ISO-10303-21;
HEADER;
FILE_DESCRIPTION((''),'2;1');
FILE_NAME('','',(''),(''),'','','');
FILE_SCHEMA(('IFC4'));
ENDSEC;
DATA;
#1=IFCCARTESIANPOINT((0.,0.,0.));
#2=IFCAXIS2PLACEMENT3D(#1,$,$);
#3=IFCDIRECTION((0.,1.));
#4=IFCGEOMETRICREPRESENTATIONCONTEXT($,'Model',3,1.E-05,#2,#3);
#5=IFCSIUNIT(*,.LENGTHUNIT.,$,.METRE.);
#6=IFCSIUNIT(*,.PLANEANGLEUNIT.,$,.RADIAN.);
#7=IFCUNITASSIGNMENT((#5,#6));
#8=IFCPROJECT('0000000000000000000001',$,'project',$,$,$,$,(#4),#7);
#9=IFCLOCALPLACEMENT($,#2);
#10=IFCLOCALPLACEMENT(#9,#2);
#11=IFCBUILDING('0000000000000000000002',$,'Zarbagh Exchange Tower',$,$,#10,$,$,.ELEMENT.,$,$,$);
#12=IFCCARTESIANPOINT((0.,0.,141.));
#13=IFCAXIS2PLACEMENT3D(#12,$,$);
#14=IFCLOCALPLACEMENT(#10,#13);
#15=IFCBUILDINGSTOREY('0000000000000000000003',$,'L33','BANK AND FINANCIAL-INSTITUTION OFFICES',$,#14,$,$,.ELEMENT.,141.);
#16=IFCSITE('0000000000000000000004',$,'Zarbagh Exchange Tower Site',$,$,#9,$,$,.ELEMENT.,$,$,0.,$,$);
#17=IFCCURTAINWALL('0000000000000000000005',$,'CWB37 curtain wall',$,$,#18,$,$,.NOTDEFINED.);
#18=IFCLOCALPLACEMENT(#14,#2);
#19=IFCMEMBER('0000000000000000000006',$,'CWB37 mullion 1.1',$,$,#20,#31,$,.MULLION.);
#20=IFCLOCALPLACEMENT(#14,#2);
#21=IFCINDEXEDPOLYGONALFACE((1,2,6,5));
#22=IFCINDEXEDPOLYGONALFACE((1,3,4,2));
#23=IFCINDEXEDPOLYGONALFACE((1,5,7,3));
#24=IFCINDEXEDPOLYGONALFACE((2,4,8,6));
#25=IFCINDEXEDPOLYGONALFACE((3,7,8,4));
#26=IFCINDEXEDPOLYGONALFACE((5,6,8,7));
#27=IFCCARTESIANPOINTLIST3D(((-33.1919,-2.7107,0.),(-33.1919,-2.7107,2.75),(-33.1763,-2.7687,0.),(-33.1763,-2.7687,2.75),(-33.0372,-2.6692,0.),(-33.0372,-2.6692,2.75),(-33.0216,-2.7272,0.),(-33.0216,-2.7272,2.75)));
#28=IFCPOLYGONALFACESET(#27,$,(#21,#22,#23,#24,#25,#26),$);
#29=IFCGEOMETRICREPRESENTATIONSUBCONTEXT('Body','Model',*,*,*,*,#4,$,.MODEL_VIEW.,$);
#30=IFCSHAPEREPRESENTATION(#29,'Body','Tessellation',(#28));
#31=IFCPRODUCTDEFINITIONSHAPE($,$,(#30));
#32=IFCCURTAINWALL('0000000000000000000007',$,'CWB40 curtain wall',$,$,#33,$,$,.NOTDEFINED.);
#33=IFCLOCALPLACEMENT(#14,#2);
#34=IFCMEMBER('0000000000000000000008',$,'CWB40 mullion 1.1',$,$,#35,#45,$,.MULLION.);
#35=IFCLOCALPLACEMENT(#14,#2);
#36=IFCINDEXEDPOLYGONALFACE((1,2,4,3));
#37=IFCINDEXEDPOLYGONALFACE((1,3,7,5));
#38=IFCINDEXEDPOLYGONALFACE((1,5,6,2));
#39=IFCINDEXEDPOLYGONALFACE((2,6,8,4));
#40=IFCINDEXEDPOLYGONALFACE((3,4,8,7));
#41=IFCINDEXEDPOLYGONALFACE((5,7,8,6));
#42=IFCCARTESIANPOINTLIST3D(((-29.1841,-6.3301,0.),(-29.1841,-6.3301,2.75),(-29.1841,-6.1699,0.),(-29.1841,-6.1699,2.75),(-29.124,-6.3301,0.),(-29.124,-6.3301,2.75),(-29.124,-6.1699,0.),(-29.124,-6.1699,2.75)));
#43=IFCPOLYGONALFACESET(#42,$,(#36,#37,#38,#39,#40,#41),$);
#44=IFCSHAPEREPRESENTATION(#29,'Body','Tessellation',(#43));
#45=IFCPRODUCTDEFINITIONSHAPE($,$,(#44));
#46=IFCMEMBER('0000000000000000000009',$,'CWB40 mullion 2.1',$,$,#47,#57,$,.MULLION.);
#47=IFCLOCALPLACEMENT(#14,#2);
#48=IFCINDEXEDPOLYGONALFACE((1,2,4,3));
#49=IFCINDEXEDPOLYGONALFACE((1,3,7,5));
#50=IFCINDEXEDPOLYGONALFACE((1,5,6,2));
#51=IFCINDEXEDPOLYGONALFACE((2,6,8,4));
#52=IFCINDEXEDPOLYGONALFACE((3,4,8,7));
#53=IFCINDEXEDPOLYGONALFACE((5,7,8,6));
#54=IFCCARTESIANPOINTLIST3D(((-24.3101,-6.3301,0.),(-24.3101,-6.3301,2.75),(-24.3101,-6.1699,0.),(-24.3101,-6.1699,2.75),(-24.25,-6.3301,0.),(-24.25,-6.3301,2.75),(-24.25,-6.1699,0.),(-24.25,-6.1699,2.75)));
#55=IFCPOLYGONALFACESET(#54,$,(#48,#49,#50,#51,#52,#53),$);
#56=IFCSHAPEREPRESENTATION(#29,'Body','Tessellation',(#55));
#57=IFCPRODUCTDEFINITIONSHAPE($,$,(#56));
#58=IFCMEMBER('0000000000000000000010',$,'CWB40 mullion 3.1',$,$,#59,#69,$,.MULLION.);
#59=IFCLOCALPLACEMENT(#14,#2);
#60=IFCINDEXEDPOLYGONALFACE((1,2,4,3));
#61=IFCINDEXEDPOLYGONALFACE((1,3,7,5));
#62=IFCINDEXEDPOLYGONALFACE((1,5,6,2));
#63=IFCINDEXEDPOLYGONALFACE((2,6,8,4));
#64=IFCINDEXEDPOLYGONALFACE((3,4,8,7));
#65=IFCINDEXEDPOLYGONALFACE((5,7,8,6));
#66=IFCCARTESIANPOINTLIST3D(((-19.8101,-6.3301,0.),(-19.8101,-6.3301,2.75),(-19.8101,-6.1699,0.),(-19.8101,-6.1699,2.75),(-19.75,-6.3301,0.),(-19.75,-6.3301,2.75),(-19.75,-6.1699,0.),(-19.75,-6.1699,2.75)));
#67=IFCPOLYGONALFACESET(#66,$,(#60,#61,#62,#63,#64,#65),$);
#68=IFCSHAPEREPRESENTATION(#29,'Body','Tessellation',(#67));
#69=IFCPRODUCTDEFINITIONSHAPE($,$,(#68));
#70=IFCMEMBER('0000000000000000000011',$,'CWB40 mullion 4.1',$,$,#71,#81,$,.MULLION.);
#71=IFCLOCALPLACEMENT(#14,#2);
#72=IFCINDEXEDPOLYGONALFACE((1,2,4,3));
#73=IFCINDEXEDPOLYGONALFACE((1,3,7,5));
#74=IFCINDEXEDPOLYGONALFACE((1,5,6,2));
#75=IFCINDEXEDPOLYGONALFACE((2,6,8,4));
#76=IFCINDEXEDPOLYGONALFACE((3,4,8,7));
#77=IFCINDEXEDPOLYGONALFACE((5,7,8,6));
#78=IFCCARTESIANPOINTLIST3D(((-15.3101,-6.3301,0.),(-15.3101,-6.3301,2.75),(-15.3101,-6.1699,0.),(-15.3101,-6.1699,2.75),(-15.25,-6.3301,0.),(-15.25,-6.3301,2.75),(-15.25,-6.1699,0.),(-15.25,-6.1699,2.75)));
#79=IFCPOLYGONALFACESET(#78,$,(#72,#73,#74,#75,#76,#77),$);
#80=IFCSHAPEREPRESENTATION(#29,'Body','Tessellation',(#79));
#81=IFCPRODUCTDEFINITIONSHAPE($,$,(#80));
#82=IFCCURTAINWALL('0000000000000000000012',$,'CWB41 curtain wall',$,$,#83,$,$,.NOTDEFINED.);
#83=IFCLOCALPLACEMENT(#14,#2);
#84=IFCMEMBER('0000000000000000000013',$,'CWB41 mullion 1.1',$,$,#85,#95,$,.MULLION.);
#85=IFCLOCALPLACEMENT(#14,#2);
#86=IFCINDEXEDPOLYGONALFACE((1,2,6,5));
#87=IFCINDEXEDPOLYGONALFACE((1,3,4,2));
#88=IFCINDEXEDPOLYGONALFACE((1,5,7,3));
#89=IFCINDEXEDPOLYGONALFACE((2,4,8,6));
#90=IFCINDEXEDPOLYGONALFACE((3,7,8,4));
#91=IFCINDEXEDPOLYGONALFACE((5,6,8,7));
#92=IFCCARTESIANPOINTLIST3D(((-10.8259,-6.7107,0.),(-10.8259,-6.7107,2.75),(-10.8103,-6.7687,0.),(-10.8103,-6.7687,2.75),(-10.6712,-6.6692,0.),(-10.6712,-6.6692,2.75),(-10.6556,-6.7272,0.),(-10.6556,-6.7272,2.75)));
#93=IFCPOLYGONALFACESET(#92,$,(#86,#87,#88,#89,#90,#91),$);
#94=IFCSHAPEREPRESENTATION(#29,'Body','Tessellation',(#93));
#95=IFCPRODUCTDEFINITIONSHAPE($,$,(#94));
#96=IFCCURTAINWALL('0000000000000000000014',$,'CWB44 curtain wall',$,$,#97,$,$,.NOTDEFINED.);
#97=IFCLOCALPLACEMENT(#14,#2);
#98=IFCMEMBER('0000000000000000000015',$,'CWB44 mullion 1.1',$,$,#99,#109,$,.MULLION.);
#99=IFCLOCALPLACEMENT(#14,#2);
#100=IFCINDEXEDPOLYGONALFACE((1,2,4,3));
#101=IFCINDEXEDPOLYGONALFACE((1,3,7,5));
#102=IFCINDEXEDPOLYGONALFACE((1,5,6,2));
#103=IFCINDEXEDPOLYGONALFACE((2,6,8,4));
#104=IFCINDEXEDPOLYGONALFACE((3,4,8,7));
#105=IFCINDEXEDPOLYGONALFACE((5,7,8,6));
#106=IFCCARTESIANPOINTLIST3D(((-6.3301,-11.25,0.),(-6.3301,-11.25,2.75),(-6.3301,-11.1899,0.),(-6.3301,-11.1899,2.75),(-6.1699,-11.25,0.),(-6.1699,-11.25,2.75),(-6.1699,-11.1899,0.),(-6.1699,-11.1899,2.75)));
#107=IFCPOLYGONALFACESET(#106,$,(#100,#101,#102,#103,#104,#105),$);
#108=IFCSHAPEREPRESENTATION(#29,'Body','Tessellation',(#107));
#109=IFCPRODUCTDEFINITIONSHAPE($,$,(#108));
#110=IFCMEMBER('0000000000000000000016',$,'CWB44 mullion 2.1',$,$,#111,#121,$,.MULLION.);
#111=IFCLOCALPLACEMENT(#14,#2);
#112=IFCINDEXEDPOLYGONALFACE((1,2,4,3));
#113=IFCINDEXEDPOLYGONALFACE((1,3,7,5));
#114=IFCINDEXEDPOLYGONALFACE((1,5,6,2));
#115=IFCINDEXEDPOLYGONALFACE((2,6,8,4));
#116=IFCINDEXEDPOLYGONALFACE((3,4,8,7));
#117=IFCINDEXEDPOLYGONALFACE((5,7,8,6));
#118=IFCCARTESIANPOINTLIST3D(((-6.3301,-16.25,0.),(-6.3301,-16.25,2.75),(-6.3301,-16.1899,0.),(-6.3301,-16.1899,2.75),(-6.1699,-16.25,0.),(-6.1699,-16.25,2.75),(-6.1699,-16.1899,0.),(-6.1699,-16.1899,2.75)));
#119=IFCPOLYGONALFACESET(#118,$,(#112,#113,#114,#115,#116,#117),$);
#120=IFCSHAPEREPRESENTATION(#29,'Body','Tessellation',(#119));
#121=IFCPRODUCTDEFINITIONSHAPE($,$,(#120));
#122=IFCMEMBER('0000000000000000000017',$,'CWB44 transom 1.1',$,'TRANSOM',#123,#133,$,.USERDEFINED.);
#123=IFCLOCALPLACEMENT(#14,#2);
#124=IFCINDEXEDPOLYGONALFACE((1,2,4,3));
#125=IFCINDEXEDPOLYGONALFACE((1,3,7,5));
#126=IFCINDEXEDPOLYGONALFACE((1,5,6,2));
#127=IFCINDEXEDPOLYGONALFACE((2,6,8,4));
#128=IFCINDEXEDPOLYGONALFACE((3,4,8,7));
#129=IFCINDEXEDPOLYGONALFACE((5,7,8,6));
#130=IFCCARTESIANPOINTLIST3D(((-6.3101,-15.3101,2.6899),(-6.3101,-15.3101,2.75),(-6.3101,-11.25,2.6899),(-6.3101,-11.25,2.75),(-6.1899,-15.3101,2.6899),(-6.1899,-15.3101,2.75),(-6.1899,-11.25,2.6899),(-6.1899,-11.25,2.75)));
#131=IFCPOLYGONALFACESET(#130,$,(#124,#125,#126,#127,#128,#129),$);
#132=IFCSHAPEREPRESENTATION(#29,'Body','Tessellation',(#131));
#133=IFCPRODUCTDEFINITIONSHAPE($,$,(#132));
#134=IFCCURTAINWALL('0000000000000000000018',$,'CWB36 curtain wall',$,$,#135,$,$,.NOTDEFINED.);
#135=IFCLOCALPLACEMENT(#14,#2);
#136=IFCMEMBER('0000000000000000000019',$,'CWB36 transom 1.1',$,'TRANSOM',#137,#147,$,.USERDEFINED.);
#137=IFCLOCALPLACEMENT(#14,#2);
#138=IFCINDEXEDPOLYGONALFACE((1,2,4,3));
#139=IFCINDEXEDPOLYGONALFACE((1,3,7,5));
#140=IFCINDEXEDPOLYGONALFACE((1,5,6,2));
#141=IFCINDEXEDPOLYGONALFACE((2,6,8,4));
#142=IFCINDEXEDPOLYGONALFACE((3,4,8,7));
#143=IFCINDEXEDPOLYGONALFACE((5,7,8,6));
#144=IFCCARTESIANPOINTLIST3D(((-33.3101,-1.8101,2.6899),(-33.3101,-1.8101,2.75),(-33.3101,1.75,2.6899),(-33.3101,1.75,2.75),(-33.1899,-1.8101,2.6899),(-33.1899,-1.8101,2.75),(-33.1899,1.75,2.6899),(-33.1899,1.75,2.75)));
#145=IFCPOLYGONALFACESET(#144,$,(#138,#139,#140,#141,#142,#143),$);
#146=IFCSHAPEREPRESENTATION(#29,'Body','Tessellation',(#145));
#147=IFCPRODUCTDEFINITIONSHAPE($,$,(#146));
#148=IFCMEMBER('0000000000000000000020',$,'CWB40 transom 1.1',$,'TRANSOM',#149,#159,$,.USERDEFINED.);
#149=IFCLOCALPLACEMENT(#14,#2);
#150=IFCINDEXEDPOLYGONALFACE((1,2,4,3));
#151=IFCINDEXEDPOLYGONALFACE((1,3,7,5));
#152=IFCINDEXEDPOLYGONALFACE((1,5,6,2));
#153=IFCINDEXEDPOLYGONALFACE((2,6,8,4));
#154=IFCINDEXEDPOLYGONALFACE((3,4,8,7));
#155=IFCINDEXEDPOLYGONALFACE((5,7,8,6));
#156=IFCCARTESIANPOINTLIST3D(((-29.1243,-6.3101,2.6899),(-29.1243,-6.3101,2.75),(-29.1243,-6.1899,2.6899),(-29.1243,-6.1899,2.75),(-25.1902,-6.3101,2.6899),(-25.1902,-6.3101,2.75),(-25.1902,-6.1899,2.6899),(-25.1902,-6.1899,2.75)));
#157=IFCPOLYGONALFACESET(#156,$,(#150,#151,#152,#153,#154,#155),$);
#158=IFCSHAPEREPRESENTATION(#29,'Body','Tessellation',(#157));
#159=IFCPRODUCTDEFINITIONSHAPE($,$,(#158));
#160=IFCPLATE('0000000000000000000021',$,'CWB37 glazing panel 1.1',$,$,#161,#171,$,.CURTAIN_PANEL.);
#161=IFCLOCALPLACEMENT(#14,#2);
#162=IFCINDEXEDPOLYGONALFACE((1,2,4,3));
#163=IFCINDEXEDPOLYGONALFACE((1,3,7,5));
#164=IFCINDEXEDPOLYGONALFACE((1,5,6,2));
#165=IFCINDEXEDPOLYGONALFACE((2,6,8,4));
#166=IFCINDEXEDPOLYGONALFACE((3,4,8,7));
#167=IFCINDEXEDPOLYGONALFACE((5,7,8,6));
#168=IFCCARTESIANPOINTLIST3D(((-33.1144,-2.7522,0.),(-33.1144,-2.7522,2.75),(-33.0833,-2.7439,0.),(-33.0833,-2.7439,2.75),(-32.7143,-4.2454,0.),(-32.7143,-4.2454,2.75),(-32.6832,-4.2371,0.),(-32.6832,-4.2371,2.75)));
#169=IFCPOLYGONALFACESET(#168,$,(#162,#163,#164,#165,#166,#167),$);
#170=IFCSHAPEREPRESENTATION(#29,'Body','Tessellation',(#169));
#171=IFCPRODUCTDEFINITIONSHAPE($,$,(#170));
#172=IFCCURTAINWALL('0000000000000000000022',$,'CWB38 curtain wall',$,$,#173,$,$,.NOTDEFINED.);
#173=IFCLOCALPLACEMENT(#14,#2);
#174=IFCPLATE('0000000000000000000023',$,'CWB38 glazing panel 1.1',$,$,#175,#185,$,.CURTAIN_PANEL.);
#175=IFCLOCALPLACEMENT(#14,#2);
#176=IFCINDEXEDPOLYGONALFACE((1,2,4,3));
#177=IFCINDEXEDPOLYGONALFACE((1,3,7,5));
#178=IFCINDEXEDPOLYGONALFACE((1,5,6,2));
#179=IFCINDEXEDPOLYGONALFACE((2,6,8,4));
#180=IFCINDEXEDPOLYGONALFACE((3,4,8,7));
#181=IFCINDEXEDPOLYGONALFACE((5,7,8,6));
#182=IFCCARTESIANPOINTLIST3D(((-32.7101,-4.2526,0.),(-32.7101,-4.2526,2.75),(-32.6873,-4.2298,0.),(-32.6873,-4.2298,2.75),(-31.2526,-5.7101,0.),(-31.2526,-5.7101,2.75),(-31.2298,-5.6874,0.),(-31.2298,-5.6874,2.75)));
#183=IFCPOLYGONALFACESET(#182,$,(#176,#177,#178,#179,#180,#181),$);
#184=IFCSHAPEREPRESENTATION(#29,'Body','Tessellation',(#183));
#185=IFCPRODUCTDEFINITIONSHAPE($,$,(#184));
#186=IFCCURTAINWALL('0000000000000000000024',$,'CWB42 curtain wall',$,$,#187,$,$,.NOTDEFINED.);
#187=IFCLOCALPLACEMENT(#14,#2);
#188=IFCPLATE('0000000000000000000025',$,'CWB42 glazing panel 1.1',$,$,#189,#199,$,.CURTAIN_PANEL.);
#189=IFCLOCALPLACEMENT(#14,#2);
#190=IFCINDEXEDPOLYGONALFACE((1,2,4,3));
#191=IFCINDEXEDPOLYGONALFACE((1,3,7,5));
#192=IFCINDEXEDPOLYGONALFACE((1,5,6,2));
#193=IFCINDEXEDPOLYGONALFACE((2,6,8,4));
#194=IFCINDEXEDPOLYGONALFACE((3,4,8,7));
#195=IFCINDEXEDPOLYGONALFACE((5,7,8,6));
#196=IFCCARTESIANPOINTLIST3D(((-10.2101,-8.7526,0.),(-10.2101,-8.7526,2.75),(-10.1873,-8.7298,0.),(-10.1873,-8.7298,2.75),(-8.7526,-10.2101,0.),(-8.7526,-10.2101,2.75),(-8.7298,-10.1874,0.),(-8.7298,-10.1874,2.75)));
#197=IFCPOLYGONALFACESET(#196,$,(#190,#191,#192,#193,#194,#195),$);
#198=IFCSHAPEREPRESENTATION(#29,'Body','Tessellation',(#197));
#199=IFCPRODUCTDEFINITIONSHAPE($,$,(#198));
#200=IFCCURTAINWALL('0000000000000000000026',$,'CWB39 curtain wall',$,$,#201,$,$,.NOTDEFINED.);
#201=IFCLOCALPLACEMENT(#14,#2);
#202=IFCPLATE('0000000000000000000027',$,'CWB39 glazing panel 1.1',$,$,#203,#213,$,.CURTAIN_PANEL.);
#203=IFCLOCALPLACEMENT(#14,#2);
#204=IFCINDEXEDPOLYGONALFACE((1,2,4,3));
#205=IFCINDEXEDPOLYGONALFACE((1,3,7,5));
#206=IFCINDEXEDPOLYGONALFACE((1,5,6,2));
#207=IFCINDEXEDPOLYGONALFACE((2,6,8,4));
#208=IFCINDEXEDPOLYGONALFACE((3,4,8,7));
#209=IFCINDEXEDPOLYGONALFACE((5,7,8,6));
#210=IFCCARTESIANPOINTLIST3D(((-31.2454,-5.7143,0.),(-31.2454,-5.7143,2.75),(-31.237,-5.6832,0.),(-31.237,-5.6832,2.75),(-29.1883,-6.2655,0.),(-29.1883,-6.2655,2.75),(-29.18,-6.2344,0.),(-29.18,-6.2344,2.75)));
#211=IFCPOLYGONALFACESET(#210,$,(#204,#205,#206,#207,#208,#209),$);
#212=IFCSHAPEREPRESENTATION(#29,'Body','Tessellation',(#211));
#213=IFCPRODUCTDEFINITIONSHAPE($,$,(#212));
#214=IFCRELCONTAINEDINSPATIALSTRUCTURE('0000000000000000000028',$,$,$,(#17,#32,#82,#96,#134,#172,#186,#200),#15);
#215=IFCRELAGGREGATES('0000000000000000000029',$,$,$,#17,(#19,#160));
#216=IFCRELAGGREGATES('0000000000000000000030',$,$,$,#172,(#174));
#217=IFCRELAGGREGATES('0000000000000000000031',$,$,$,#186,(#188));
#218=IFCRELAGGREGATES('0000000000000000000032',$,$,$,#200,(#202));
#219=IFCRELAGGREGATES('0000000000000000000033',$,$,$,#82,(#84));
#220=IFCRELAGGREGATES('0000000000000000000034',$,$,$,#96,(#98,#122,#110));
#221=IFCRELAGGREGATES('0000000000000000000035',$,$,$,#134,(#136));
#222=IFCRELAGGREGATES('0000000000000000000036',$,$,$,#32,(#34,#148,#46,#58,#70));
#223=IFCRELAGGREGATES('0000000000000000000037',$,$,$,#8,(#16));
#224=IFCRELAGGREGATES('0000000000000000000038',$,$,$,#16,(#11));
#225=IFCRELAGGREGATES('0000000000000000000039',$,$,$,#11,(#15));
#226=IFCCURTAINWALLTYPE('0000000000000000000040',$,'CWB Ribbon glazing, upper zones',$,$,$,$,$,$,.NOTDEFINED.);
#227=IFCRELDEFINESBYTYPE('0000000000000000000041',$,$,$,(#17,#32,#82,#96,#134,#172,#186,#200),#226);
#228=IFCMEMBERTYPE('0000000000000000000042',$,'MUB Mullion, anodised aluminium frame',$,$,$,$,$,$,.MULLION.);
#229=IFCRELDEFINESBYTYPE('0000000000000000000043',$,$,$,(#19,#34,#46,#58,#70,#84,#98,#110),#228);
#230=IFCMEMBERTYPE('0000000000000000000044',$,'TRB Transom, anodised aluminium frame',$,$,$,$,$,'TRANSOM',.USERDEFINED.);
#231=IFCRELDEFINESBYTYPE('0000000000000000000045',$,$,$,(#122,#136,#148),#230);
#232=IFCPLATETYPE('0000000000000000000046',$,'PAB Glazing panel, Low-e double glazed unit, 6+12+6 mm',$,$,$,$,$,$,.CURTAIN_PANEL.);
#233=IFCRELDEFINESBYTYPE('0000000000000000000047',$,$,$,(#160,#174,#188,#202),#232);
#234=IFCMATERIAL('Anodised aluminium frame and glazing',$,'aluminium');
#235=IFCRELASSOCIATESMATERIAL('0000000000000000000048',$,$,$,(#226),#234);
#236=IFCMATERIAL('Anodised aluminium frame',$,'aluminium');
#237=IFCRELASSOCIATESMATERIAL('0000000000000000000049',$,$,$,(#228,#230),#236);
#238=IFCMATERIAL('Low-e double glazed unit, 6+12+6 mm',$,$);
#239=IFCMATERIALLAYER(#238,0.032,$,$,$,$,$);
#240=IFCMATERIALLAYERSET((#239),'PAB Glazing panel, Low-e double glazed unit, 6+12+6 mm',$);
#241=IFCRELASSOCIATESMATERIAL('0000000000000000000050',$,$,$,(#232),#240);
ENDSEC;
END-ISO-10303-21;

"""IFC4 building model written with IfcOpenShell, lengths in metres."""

from ifc_helpers import new_model, si_unit, direction, frame, origin, place, context, subcontext, project, spatial, polyline, outline, extrude, source, transform, mapped, material, layer, layer_set, type_object, element, aggregate, save


model = new_model("IFC4")

# Units and contexts
model_context = context("Model", 3, precision=1e-05, world=origin(), true_north=direction((0.0, 1.0)))
body_context = subcontext(model_context, "Body", "Model", "MODEL_VIEW")
ifc_project = project(units=[si_unit("LENGTHUNIT", "METRE"), si_unit("PLANEANGLEUNIT", "RADIAN")], contexts=[model_context])

# Site, building, storey
site_placement = place(None, origin())
site = spatial("IfcSite", under=ifc_project, at=site_placement, Name="Zarbagh Exchange Tower Site", CompositionType="ELEMENT", RefElevation=0.0)
building_placement = place(site_placement, origin())
building = spatial("IfcBuilding", under=site, at=building_placement, Name="Zarbagh Exchange Tower", CompositionType="ELEMENT")
storey_placement = place(building_placement, frame((0.0, 0.0, 141.0)))
storey = spatial("IfcBuildingStorey", under=building, at=storey_placement, Name="L33", Description="BANK AND FINANCIAL-INSTITUTION OFFICES", CompositionType="ELEMENT", Elevation=141.0)

# Curtain wall, member
ifc_material_1 = material(Name="Anodised aluminium frame and glazing", Category="aluminium")
curtain_wall_type = type_object("IfcCurtainWallType", Name="CWB Ribbon glazing, upper zones", PredefinedType="NOTDEFINED", material=ifc_material_1)
curtain_wall_1_placement = place(storey_placement, origin())
curtain_wall_1 = element("IfcCurtainWall", 1, at=curtain_wall_1_placement, inside=storey, type_object=curtain_wall_type, Name="CWB37 curtain wall", PredefinedType="NOTDEFINED")
ifc_material_2 = material(Name="Anodised aluminium frame", Category="aluminium")
member_type_1 = type_object("IfcMemberType", Name="MUB Mullion, anodised aluminium frame", PredefinedType="MULLION", material=ifc_material_2)
shared_shape_1 = source(origin(), body_context, "Body", "SweptSolid", [
    extrude(outline(polyline([(0.0, -0.0801), (0.0601, -0.0801), (0.0601, 0.0801), (0.0, 0.0801), (0.0, -0.0801)])), origin(), (0.0, 0.0, 1.0), 2.75),
])
placement = place(storey_placement, origin())
member_1 = element("IfcMember", 2, at=placement, type_object=member_type_1, Name="CWB37 mullion 1.1", PredefinedType="MULLION", context=body_context, shape_type="MappedRepresentation", body=[
    mapped(shared_shape_1, transform((-33.1145, -2.6899, 0.0), x_axis=(0.258825, -0.965924, 0.0), y_axis=(0.965924, 0.258825, 0.0), z_axis=(0.0, 0.0, 1.0))),
])

# Curtain wall, members
curtain_wall_2_placement = place(storey_placement, origin())
curtain_wall_2 = element("IfcCurtainWall", 3, at=curtain_wall_2_placement, inside=storey, type_object=curtain_wall_type, Name="CWB40 curtain wall", PredefinedType="NOTDEFINED")
member_2 = element("IfcMember", 4, at=placement, type_object=member_type_1, Name="CWB40 mullion 1.1", PredefinedType="MULLION", context=body_context, shape_type="MappedRepresentation", body=[
    mapped(shared_shape_1, transform((-29.1841, -6.25, 0.0), x_axis=(1.0, 0.0, 0.0), y_axis=(0.0, 1.0, 0.0), z_axis=(0.0, 0.0, 1.0))),
])
member_3 = element("IfcMember", 5, at=placement, type_object=member_type_1, Name="CWB40 mullion 2.1", PredefinedType="MULLION", context=body_context, shape_type="MappedRepresentation", body=[
    mapped(shared_shape_1, transform((-24.3101, -6.25, 0.0), x_axis=(1.0, 0.0, 0.0), y_axis=(0.0, 1.0, 0.0), z_axis=(0.0, 0.0, 1.0))),
])
member_4 = element("IfcMember", 6, at=placement, type_object=member_type_1, Name="CWB40 mullion 3.1", PredefinedType="MULLION", context=body_context, shape_type="MappedRepresentation", body=[
    mapped(shared_shape_1, transform((-19.8101, -6.25, 0.0), x_axis=(1.0, 0.0, 0.0), y_axis=(0.0, 1.0, 0.0), z_axis=(0.0, 0.0, 1.0))),
])
member_5 = element("IfcMember", 7, at=placement, type_object=member_type_1, Name="CWB40 mullion 4.1", PredefinedType="MULLION", context=body_context, shape_type="MappedRepresentation", body=[
    mapped(shared_shape_1, transform((-15.3101, -6.25, 0.0), x_axis=(1.0, 0.0, 0.0), y_axis=(0.0, 1.0, 0.0), z_axis=(0.0, 0.0, 1.0))),
])

# Curtain wall, member
curtain_wall_3_placement = place(storey_placement, origin())
curtain_wall_3 = element("IfcCurtainWall", 8, at=curtain_wall_3_placement, inside=storey, type_object=curtain_wall_type, Name="CWB41 curtain wall", PredefinedType="NOTDEFINED")
member_6 = element("IfcMember", 9, at=placement, type_object=member_type_1, Name="CWB41 mullion 1.1", PredefinedType="MULLION", context=body_context, shape_type="MappedRepresentation", body=[
    mapped(shared_shape_1, transform((-10.7485, -6.6899, 0.0), x_axis=(0.258825, -0.965924, 0.0), y_axis=(0.965924, 0.258825, 0.0), z_axis=(0.0, 0.0, 1.0))),
])

# Curtain wall, members
curtain_wall_4_placement = place(storey_placement, origin())
curtain_wall_4 = element("IfcCurtainWall", 10, at=curtain_wall_4_placement, inside=storey, type_object=curtain_wall_type, Name="CWB44 curtain wall", PredefinedType="NOTDEFINED")
member_7 = element("IfcMember", 11, at=placement, type_object=member_type_1, Name="CWB44 mullion 1.1", PredefinedType="MULLION", context=body_context, shape_type="MappedRepresentation", body=[
    mapped(shared_shape_1, transform((-6.25, -11.1899, 0.0), x_axis=(0.0, -1.0, 0.0), y_axis=(1.0, 0.0, 0.0), z_axis=(0.0, 0.0, 1.0))),
])
member_8 = element("IfcMember", 12, at=placement, type_object=member_type_1, Name="CWB44 mullion 2.1", PredefinedType="MULLION", context=body_context, shape_type="MappedRepresentation", body=[
    mapped(shared_shape_1, transform((-6.25, -16.1899, 0.0), x_axis=(0.0, -1.0, 0.0), y_axis=(1.0, 0.0, 0.0), z_axis=(0.0, 0.0, 1.0))),
])
member_type_2 = type_object("IfcMemberType", Name="TRB Transom, anodised aluminium frame", ElementType="TRANSOM", PredefinedType="USERDEFINED", material=ifc_material_2)
shared_shape_2 = source(origin(), body_context, "Body", "SweptSolid", [
    extrude(outline(polyline([(-0.0601, -0.0601), (0.0, -0.0601), (0.0, 0.0601), (-0.0601, 0.0601), (-0.0601, -0.0601)])), origin(), (0.0, 0.0, 1.0), 4.0601),
])
member_9 = element("IfcMember", 13, at=placement, type_object=member_type_2, Name="CWB44 transom 1.1", ObjectType="TRANSOM", PredefinedType="USERDEFINED", context=body_context, shape_type="MappedRepresentation", body=[
    mapped(shared_shape_2, transform((-6.25, -11.25, 2.75), x_axis=(0.0, 0.0, 1.0), y_axis=(-1.0, 0.0, 0.0), z_axis=(0.0, -1.0, 0.0))),
])

# Curtain wall, member
curtain_wall_5_placement = place(storey_placement, origin())
curtain_wall_5 = element("IfcCurtainWall", 14, at=curtain_wall_5_placement, inside=storey, type_object=curtain_wall_type, Name="CWB36 curtain wall", PredefinedType="NOTDEFINED")
shared_shape_3 = source(origin(), body_context, "Body", "SweptSolid", [
    extrude(outline(polyline([(-0.0601, -0.0601), (0.0, -0.0601), (0.0, 0.0601), (-0.0601, 0.0601), (-0.0601, -0.0601)])), origin(), (0.0, 0.0, 1.0), 3.5601),
])
member_10 = element("IfcMember", 15, at=placement, type_object=member_type_2, Name="CWB36 transom 1.1", ObjectType="TRANSOM", PredefinedType="USERDEFINED", context=body_context, shape_type="MappedRepresentation", body=[
    mapped(shared_shape_3, transform((-33.25, 1.75, 2.75), x_axis=(0.0, 0.0, 1.0), y_axis=(-1.0, 0.0, 0.0), z_axis=(0.0, -1.0, 0.0))),
])

# Member
shared_shape_4 = source(origin(), body_context, "Body", "SweptSolid", [
    extrude(outline(polyline([(-0.0601, -0.0601), (0.0, -0.0601), (0.0, 0.0601), (-0.0601, 0.0601), (-0.0601, -0.0601)])), origin(), (0.0, 0.0, 1.0), 3.9341),
])
member_11 = element("IfcMember", 16, at=placement, type_object=member_type_2, Name="CWB40 transom 1.1", ObjectType="TRANSOM", PredefinedType="USERDEFINED", context=body_context, shape_type="MappedRepresentation", body=[
    mapped(shared_shape_4, transform((-29.1243, -6.25, 2.75), x_axis=(0.0, 0.0, 1.0), y_axis=(0.0, -1.0, 0.0), z_axis=(1.0, 0.0, 0.0))),
])

# Plate
ifc_material_3 = material(Name="Low-e double glazed unit, 6+12+6 mm")
ifc_layer = layer(ifc_material_3, 0.032)
ifc_layer_set = layer_set([ifc_layer], Name="PAB Glazing panel, Low-e double glazed unit, 6+12+6 mm")
plate_type = type_object("IfcPlateType", Name="PAB Glazing panel, Low-e double glazed unit, 6+12+6 mm", PredefinedType="CURTAIN_PANEL", material=ifc_layer_set)
shared_shape_5 = source(origin(), body_context, "Body", "SweptSolid", [
    extrude(outline(polyline([(0.0, -0.0161), (1.5459, -0.0161), (1.5459, 0.0161), (0.0, 0.0161), (0.0, -0.0161)])), origin(), (0.0, 0.0, 1.0), 2.75),
])
plate_1 = element("IfcPlate", 17, at=placement, type_object=plate_type, Name="CWB37 glazing panel 1.1", PredefinedType="CURTAIN_PANEL", context=body_context, shape_type="MappedRepresentation", body=[
    mapped(shared_shape_5, transform((-33.0989, -2.748, 0.0), x_axis=(0.258825, -0.965924, 0.0), y_axis=(0.965924, 0.258825, 0.0), z_axis=(0.0, 0.0, 1.0))),
])
aggregate(curtain_wall_1, [member_1, plate_1])

# Curtain walls, plates
curtain_wall_6_placement = place(storey_placement, origin())
curtain_wall_6 = element("IfcCurtainWall", 18, at=curtain_wall_6_placement, inside=storey, type_object=curtain_wall_type, Name="CWB38 curtain wall", PredefinedType="NOTDEFINED")
shared_shape_6 = source(origin(), body_context, "Body", "SweptSolid", [
    extrude(outline(polyline([(0.0, -0.0161), (2.0613, -0.0161), (2.0613, 0.0161), (0.0, 0.0161), (0.0, -0.0161)])), origin(), (0.0, 0.0, 1.0), 2.75),
])
plate_2 = element("IfcPlate", 19, at=placement, type_object=plate_type, Name="CWB38 glazing panel 1.1", PredefinedType="CURTAIN_PANEL", context=body_context, shape_type="MappedRepresentation", body=[
    mapped(shared_shape_6, transform((-32.6987, -4.2412, 0.0), x_axis=(0.707107, -0.707107, 0.0), y_axis=(0.707107, 0.707107, 0.0), z_axis=(0.0, 0.0, 1.0))),
])
aggregate(curtain_wall_6, [plate_2])
curtain_wall_7_placement = place(storey_placement, origin())
curtain_wall_7 = element("IfcCurtainWall", 20, at=curtain_wall_7_placement, inside=storey, type_object=curtain_wall_type, Name="CWB42 curtain wall", PredefinedType="NOTDEFINED")
plate_3 = element("IfcPlate", 21, at=placement, type_object=plate_type, Name="CWB42 glazing panel 1.1", PredefinedType="CURTAIN_PANEL", context=body_context, shape_type="MappedRepresentation", body=[
    mapped(shared_shape_6, transform((-10.1987, -8.7412, 0.0), x_axis=(0.707107, -0.707107, 0.0), y_axis=(0.707107, 0.707107, 0.0), z_axis=(0.0, 0.0, 1.0))),
])
aggregate(curtain_wall_7, [plate_3])
curtain_wall_8_placement = place(storey_placement, origin())
curtain_wall_8 = element("IfcCurtainWall", 22, at=curtain_wall_8_placement, inside=storey, type_object=curtain_wall_type, Name="CWB39 curtain wall", PredefinedType="NOTDEFINED")
shared_shape_7 = source(origin(), body_context, "Body", "SweptSolid", [
    extrude(outline(polyline([(0.0, -0.0161), (2.1296, -0.0161), (2.1296, 0.0161), (0.0, 0.0161), (0.0, -0.0161)])), origin(), (0.0, 0.0, 1.0), 2.75),
])
plate_4 = element("IfcPlate", 23, at=placement, type_object=plate_type, Name="CWB39 glazing panel 1.1", PredefinedType="CURTAIN_PANEL", context=body_context, shape_type="MappedRepresentation", body=[
    mapped(shared_shape_7, transform((-31.2412, -5.6987, 0.0), x_axis=(0.965924, -0.258825, 0.0), y_axis=(0.258825, 0.965924, 0.0), z_axis=(0.0, 0.0, 1.0))),
])
aggregate(curtain_wall_8, [plate_4])

aggregate(curtain_wall_3, [member_6])

aggregate(curtain_wall_4, [member_7, member_9, member_8])
aggregate(curtain_wall_5, [member_10])
aggregate(curtain_wall_2, [member_2, member_11, member_3, member_4, member_5])

save(model, "model.ifc")
